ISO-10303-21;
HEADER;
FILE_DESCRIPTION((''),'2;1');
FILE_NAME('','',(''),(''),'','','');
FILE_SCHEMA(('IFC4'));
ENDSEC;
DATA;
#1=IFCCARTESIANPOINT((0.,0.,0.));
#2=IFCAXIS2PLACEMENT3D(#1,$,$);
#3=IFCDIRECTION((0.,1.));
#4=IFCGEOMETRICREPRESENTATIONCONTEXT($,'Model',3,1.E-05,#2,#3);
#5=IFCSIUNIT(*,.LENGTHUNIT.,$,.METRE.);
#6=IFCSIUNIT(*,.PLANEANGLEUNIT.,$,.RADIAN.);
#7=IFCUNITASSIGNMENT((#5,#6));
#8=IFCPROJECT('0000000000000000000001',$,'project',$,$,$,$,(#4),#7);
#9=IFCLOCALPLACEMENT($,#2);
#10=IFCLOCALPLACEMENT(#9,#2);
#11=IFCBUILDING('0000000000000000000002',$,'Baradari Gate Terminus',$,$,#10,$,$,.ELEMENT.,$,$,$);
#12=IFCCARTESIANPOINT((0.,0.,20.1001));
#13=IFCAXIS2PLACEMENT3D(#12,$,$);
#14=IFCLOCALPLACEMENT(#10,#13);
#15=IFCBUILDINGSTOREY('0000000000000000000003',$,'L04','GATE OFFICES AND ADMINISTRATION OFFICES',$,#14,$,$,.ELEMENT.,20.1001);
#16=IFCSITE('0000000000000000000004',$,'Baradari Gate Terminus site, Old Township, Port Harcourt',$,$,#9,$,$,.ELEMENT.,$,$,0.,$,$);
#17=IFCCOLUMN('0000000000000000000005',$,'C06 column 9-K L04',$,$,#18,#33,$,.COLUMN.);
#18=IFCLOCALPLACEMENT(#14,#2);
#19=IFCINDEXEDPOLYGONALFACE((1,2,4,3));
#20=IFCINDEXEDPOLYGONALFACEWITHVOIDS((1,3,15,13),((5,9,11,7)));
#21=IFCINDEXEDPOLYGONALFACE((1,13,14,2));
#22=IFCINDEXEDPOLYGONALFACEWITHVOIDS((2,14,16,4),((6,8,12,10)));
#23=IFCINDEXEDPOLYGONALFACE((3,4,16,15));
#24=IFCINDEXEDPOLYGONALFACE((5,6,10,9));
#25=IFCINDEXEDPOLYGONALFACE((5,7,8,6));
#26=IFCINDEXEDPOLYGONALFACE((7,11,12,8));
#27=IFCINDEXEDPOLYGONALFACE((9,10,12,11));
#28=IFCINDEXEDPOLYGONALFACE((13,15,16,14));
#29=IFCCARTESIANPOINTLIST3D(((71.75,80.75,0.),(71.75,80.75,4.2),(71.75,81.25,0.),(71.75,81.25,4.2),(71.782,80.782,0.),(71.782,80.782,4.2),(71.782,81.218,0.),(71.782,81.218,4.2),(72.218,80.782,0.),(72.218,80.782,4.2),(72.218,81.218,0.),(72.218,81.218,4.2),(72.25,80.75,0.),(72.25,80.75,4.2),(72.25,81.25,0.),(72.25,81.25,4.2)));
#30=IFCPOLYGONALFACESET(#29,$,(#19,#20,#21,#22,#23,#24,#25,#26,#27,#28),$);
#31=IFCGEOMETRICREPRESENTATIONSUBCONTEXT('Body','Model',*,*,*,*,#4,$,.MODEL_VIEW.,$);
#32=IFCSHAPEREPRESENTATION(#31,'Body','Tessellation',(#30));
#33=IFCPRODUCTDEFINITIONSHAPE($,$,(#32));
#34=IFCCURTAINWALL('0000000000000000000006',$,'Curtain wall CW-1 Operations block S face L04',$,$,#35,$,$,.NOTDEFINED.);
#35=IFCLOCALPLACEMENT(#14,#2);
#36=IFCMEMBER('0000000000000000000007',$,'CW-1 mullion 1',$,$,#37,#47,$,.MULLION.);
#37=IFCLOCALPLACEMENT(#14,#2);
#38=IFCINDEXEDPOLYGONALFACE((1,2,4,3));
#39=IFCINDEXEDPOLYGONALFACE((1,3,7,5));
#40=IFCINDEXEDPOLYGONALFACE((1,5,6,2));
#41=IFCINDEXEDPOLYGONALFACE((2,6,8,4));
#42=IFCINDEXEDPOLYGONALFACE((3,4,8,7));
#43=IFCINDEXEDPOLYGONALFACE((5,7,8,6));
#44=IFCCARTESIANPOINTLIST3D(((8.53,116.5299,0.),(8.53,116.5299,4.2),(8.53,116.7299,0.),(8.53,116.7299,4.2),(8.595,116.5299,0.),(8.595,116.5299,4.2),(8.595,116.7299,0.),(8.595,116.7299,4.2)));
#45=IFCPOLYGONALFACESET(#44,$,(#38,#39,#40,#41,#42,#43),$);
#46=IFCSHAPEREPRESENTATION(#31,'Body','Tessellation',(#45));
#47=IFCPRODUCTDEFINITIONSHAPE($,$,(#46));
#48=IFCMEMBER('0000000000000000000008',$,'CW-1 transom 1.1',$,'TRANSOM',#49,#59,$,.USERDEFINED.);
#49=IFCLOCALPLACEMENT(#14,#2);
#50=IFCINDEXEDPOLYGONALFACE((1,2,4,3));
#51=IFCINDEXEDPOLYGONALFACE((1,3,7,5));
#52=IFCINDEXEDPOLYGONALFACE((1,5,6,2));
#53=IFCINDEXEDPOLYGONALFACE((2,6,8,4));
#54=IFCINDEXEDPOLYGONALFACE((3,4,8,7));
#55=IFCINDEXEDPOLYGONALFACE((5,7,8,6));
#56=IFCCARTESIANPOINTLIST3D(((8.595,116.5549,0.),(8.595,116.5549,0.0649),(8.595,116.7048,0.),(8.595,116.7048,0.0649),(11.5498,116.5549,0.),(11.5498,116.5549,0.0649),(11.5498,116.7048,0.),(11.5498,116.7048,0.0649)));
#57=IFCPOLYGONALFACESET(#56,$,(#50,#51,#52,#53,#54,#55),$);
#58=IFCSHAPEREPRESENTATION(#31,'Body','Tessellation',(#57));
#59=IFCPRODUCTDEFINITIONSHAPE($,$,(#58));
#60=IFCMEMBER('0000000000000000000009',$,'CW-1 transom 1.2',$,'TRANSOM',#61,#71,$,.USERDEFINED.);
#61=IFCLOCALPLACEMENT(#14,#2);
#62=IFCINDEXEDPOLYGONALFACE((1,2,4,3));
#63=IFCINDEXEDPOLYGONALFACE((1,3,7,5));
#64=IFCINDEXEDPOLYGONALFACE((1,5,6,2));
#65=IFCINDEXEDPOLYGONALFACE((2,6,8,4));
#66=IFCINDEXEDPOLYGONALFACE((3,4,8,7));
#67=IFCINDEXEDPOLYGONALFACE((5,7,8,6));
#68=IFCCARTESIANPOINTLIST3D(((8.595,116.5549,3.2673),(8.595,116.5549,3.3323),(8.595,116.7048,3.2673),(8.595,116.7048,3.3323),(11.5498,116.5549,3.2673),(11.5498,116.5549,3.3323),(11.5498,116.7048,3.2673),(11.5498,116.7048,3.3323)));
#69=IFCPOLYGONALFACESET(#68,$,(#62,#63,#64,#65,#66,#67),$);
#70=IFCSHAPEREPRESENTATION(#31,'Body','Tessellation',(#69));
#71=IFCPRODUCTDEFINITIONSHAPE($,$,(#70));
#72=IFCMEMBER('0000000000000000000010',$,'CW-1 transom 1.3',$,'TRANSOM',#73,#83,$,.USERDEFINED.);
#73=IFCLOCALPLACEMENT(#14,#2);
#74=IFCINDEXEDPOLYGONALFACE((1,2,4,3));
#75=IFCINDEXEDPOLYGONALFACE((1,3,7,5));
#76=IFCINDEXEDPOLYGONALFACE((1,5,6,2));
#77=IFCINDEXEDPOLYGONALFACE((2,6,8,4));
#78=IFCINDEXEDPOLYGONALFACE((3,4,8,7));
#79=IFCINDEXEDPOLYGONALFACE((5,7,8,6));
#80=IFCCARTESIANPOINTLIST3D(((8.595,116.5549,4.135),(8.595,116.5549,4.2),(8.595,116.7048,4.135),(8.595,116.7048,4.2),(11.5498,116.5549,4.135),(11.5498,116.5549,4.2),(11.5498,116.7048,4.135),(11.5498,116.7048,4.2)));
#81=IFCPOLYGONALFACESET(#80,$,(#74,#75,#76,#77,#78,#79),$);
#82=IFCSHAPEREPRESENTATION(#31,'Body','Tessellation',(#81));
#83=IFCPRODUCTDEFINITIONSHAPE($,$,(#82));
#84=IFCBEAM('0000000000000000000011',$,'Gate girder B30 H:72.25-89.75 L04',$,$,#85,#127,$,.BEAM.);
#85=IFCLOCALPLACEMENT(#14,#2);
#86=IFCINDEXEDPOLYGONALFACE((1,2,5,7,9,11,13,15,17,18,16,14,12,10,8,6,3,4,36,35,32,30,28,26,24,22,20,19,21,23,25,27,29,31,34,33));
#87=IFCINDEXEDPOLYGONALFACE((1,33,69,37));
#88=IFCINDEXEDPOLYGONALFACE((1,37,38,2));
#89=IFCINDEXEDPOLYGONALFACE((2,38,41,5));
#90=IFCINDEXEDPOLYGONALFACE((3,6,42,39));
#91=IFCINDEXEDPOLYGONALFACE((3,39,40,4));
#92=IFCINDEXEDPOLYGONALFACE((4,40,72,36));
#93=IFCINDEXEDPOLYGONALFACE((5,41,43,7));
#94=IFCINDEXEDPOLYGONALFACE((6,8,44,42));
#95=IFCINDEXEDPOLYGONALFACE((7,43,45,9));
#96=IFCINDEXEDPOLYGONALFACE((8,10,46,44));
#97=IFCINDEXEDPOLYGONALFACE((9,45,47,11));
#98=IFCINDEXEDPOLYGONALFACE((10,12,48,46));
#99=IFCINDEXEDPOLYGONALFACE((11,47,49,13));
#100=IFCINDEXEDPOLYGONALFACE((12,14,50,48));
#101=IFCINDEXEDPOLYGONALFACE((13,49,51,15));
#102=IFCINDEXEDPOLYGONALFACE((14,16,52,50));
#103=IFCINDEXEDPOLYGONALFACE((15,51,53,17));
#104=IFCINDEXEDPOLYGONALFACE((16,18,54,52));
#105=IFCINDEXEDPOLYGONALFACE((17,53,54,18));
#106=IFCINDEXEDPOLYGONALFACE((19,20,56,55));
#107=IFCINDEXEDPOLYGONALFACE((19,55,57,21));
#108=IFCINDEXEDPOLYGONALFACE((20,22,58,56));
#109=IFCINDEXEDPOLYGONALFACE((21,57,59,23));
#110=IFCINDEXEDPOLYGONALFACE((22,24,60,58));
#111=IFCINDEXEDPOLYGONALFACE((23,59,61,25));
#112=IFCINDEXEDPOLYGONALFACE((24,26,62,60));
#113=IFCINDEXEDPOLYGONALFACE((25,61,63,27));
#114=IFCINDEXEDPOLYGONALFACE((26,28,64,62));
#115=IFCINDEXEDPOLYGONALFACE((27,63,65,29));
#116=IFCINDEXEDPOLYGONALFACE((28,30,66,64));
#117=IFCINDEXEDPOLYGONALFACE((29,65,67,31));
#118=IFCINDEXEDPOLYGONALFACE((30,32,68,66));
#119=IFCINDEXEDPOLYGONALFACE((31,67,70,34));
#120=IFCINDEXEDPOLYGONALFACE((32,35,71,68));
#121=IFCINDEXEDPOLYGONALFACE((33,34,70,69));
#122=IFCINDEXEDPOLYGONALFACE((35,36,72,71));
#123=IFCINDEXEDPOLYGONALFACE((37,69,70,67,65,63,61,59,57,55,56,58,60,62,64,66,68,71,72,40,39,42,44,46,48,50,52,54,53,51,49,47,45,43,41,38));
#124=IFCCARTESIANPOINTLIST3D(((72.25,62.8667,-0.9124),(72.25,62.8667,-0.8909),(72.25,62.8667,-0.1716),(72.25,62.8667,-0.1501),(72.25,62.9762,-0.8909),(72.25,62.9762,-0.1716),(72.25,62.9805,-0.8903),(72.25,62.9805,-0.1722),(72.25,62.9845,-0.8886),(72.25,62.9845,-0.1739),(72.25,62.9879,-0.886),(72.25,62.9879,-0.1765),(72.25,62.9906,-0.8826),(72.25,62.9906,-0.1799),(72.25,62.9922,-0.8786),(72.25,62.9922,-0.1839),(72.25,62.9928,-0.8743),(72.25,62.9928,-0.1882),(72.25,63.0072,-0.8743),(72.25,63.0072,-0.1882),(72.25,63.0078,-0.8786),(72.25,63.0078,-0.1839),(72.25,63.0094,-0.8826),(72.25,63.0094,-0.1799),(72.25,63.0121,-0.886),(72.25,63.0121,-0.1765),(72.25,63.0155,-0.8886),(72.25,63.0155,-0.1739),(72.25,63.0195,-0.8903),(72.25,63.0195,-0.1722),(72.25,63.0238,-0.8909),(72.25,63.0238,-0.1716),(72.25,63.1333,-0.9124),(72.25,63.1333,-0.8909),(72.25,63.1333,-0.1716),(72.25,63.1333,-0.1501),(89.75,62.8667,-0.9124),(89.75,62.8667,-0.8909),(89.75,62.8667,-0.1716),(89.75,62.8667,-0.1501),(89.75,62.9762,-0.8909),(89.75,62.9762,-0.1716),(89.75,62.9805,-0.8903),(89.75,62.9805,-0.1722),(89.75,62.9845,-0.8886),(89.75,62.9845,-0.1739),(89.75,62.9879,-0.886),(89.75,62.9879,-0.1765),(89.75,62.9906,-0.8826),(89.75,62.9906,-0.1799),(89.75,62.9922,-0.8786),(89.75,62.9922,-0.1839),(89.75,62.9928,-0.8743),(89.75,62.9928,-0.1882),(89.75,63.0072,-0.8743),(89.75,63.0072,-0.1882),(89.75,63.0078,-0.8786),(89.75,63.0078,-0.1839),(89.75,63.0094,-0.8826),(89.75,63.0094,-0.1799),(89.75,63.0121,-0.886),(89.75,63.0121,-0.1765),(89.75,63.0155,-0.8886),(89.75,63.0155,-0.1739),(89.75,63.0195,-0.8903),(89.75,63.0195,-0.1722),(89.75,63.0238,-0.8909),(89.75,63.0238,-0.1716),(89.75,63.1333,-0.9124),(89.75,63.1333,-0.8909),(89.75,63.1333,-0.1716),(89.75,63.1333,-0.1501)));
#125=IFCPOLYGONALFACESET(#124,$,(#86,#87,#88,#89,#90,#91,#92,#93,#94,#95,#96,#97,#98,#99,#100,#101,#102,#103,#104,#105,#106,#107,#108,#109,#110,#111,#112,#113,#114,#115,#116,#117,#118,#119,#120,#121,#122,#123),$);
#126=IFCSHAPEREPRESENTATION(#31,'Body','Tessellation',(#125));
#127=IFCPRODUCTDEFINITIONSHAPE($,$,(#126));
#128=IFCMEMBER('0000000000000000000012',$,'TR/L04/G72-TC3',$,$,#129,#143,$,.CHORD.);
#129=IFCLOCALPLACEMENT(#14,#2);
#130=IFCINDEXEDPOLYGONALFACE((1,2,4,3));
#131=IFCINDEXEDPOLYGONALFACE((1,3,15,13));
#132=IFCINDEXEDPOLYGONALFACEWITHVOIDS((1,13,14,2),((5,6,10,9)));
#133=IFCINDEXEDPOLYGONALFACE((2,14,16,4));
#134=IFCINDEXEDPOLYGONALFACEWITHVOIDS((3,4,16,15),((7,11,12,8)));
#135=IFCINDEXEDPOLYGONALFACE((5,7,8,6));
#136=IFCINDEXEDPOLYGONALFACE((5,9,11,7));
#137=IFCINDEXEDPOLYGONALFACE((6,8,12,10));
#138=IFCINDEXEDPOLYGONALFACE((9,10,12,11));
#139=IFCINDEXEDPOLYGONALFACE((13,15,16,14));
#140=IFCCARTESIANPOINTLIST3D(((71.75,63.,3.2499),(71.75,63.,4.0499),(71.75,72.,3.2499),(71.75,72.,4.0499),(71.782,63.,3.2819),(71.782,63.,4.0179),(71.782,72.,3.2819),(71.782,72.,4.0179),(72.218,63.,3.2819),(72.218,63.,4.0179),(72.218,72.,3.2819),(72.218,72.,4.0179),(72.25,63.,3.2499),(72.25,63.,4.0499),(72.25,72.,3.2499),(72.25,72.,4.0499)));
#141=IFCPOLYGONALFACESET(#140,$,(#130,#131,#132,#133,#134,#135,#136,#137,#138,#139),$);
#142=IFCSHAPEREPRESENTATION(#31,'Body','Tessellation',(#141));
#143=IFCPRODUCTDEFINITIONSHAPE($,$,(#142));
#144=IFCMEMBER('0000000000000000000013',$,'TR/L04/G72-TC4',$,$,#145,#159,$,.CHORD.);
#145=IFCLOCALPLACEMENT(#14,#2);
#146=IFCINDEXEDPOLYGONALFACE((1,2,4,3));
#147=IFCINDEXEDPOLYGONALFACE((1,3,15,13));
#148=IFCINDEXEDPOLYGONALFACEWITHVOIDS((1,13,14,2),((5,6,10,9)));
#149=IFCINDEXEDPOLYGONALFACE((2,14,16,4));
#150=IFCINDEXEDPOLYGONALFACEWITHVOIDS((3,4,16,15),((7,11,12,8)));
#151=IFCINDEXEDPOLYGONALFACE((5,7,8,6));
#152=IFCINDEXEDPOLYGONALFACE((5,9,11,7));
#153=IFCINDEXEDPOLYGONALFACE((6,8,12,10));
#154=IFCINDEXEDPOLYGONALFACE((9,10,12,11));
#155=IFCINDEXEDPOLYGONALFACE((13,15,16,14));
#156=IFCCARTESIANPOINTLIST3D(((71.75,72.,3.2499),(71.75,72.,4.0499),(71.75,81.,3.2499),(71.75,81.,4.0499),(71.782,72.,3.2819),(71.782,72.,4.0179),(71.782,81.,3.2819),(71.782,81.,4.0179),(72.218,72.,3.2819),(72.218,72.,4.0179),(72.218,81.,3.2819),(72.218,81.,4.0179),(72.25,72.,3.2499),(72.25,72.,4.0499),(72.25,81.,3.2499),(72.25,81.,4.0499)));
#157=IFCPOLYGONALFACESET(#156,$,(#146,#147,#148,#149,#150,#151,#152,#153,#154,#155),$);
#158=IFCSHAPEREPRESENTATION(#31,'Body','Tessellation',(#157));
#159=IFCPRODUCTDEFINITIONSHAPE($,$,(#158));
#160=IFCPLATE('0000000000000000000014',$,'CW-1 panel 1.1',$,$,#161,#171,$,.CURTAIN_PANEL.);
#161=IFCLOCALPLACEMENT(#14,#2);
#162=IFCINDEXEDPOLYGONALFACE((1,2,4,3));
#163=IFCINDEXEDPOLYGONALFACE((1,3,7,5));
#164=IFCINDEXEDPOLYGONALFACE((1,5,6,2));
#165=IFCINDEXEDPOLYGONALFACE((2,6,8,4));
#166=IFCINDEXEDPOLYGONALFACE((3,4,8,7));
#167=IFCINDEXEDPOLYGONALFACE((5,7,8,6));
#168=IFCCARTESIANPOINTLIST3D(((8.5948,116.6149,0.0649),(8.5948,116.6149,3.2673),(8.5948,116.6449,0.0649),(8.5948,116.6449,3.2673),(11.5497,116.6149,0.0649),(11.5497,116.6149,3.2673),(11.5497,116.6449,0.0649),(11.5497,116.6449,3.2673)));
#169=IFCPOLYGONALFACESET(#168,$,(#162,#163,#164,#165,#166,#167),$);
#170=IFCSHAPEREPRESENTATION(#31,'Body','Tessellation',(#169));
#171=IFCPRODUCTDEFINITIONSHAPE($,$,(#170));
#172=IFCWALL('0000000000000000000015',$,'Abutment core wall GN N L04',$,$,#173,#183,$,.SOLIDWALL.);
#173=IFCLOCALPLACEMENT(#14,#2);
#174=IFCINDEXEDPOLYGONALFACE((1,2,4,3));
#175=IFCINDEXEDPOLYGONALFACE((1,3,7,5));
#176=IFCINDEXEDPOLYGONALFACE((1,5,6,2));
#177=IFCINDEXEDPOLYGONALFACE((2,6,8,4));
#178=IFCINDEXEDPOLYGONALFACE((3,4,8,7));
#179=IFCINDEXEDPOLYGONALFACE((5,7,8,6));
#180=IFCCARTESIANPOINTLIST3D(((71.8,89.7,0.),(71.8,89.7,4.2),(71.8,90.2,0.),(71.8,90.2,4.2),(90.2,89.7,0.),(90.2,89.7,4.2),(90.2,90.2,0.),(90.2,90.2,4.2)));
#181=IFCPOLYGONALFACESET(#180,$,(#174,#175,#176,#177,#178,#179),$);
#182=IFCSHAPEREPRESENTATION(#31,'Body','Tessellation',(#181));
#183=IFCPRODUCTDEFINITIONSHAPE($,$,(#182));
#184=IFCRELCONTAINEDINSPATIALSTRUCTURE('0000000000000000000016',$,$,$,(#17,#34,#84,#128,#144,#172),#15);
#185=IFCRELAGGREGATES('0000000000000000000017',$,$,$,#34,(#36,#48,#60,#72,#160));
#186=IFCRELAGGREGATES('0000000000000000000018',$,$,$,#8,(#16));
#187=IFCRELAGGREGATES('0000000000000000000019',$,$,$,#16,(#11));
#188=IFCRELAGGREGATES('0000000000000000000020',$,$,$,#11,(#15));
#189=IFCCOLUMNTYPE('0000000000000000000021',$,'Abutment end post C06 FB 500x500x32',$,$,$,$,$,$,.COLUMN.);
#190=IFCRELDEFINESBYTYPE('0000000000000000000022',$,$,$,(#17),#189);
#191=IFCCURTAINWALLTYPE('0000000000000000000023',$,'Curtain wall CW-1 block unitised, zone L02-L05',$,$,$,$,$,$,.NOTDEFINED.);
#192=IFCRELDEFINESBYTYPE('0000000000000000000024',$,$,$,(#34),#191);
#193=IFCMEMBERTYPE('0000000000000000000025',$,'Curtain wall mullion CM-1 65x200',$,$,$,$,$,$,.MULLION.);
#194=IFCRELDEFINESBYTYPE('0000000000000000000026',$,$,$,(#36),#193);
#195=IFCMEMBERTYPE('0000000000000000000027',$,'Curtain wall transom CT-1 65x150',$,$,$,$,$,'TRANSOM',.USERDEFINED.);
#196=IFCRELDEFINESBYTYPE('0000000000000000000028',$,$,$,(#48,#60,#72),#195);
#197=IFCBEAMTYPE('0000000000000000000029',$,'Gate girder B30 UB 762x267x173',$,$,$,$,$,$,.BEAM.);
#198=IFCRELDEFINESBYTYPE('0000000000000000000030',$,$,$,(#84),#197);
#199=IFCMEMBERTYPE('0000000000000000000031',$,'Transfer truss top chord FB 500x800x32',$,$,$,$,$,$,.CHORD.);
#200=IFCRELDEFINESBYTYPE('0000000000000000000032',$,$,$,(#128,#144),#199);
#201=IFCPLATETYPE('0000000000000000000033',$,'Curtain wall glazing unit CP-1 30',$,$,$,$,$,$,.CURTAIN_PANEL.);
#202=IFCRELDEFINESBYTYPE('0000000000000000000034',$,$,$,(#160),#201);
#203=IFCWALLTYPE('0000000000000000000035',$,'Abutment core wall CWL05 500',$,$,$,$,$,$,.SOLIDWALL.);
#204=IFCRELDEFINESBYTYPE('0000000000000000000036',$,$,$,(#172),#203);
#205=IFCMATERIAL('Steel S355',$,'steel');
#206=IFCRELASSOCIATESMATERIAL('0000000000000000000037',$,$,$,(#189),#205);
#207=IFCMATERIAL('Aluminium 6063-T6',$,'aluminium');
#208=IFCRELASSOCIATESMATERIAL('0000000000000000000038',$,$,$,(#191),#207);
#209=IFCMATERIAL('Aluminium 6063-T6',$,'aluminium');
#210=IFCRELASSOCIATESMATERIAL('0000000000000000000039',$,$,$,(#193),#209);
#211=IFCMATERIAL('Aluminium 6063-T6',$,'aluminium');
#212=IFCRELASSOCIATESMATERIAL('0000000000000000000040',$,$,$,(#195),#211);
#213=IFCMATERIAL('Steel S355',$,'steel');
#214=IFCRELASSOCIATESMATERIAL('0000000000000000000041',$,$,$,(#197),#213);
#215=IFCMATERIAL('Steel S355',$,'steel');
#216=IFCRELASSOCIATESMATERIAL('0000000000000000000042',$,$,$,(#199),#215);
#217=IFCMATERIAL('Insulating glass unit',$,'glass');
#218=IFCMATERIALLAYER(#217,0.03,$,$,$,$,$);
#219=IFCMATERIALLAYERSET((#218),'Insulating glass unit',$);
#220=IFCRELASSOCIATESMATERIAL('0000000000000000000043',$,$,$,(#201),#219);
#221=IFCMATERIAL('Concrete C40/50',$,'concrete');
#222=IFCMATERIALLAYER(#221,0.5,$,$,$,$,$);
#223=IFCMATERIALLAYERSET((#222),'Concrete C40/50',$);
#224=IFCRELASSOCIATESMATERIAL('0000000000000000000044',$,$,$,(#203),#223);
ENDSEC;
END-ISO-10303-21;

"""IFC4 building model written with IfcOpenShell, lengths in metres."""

from ifc_helpers import new_model, si_unit, direction, frame, frame_2d, origin, origin_2d, place, context, subcontext, project, spatial, rectangle, hollow_rectangle, i_section, extrude, material, layer, layer_set, material_profile, profile_set, type_object, element, aggregate, save


model = new_model("IFC4")

# Units and contexts
model_context = context("Model", 3, precision=1e-05, world=origin(), true_north=direction((0.0, 1.0)))
body_context = subcontext(model_context, "Body", "Model", "MODEL_VIEW")
ifc_project = project(units=[si_unit("LENGTHUNIT", "METRE"), si_unit("PLANEANGLEUNIT", "RADIAN")], contexts=[model_context])

# Site, building, storey
site_placement = place(None, origin())
site = spatial("IfcSite", under=ifc_project, at=site_placement, Name="Baradari Gate Terminus site, Old Township, Port Harcourt", CompositionType="ELEMENT", RefElevation=0.0)
building_placement = place(site_placement, origin())
building = spatial("IfcBuilding", under=site, at=building_placement, Name="Baradari Gate Terminus", CompositionType="ELEMENT")
storey_placement = place(building_placement, frame((0.0, 0.0, 20.1001)))
storey = spatial("IfcBuildingStorey", under=building, at=storey_placement, Name="L04", Description="GATE OFFICES AND ADMINISTRATION OFFICES", CompositionType="ELEMENT", Elevation=20.1001)

# Column
ifc_material_1 = material(Name="Steel S355", Category="steel")
ifc_material_profile_1 = material_profile(ifc_material_1, hollow_rectangle(XDim=0.5, YDim=0.5, WallThickness=0.032, at=origin_2d()), Name="FB 500x500x32")
ifc_profile_set_1 = profile_set([ifc_material_profile_1], Name="Steel S355")
column_type = type_object("IfcColumnType", Name="Abutment end post C06 FB 500x500x32", PredefinedType="COLUMN", material=ifc_profile_set_1)
column_placement = place(storey_placement, frame((72.0, 81.0, 0.0), z_axis=(0.0, 0.0, 1.0), x_axis=(1.0, 0.0, 0.0)))
element("IfcColumn", 1, at=column_placement, inside=storey, type_object=column_type, Name="C06 column 9-K L04", PredefinedType="COLUMN", context=body_context, shape_type="SweptSolid", body=[
    extrude(hollow_rectangle(XDim=0.5, YDim=0.5, WallThickness=0.032, at=origin_2d()), origin(), (0.0, 0.0, 1.0), 4.2),
])

# Curtain wall, members
ifc_material_2 = material(Name="Aluminium 6063-T6", Category="aluminium")
curtain_wall_type = type_object("IfcCurtainWallType", Name="Curtain wall CW-1 block unitised, zone L02-L05", PredefinedType="NOTDEFINED", material=ifc_material_2)
curtain_wall_placement = place(storey_placement, origin())
curtain_wall = element("IfcCurtainWall", 2, at=curtain_wall_placement, inside=storey, type_object=curtain_wall_type, Name="Curtain wall CW-1 Operations block S face L04", PredefinedType="NOTDEFINED")
ifc_material_3 = material(Name="Aluminium 6063-T6", Category="aluminium")
ifc_material_profile_2 = material_profile(ifc_material_3, rectangle(XDim=0.2, YDim=0.0649, at=origin_2d()), Name="CM-1 65X200")
ifc_profile_set_2 = profile_set([ifc_material_profile_2], Name="Aluminium 6063-T6")
member_type_1 = type_object("IfcMemberType", Name="Curtain wall mullion CM-1 65x200", PredefinedType="MULLION", material=ifc_profile_set_2)
member_1_placement = place(storey_placement, frame((8.5625, 116.6299, 0.0), z_axis=(0.0, 0.0, 1.0), x_axis=(0.0, 1.0, 0.0)))
member_1 = element("IfcMember", 3, at=member_1_placement, type_object=member_type_1, Name="CW-1 mullion 1", PredefinedType="MULLION", context=body_context, shape_type="SweptSolid", body=[
    extrude(rectangle(XDim=0.2, YDim=0.0649, at=origin_2d()), origin(), (0.0, 0.0, 1.0), 4.2),
])
ifc_material_4 = material(Name="Aluminium 6063-T6", Category="aluminium")
ifc_material_profile_3 = material_profile(ifc_material_4, rectangle(XDim=0.1499, YDim=0.0649, at=origin_2d()), Name="CT-1 65X150")
ifc_profile_set_3 = profile_set([ifc_material_profile_3], Name="Aluminium 6063-T6")
member_type_2 = type_object("IfcMemberType", Name="Curtain wall transom CT-1 65x150", ElementType="TRANSOM", PredefinedType="USERDEFINED", material=ifc_profile_set_3)
member_2_placement = place(storey_placement, frame((8.595, 116.6299, 0.0325), z_axis=(1.0, 0.0, 0.0), x_axis=(0.0, 1.0, 0.0)))
member_2 = element("IfcMember", 4, at=member_2_placement, type_object=member_type_2, Name="CW-1 transom 1.1", ObjectType="TRANSOM", PredefinedType="USERDEFINED", context=body_context, shape_type="SweptSolid", body=[
    extrude(rectangle(XDim=0.1499, YDim=0.0649, at=origin_2d()), origin(), (0.0, 0.0, 1.0), 2.9548),
])
member_3_placement = place(storey_placement, frame((8.595, 116.6299, 3.2998), z_axis=(1.0, 0.0, 0.0), x_axis=(0.0, 1.0, 0.0)))
member_3 = element("IfcMember", 5, at=member_3_placement, type_object=member_type_2, Name="CW-1 transom 1.2", ObjectType="TRANSOM", PredefinedType="USERDEFINED", context=body_context, shape_type="SweptSolid", body=[
    extrude(rectangle(XDim=0.1499, YDim=0.0649, at=origin_2d()), origin(), (0.0, 0.0, 1.0), 2.9548),
])
member_4_placement = place(storey_placement, frame((8.595, 116.6299, 4.1675), z_axis=(1.0, 0.0, 0.0), x_axis=(0.0, 1.0, 0.0)))
member_4 = element("IfcMember", 6, at=member_4_placement, type_object=member_type_2, Name="CW-1 transom 1.3", ObjectType="TRANSOM", PredefinedType="USERDEFINED", context=body_context, shape_type="SweptSolid", body=[
    extrude(rectangle(XDim=0.1499, YDim=0.0649, at=origin_2d()), origin(), (0.0, 0.0, 1.0), 2.9548),
])

# Beam
ifc_material_5 = material(Name="Steel S355", Category="steel")
ifc_material_profile_4 = material_profile(ifc_material_5, i_section(OverallWidth=0.2666, OverallDepth=0.7622, WebThickness=0.0144, FlangeThickness=0.0215, FilletRadius=0.0166, at=origin_2d()), Name="UB 762x267x173")
ifc_profile_set_4 = profile_set([ifc_material_profile_4], Name="Steel S355")
beam_type = type_object("IfcBeamType", Name="Gate girder B30 UB 762x267x173", PredefinedType="BEAM", material=ifc_profile_set_4)
beam_placement = place(storey_placement, frame((72.25, 63.0, -0.5312), z_axis=(1.0, 0.0, 0.0), x_axis=(0.0, 1.0, 0.0)))
element("IfcBeam", 7, at=beam_placement, inside=storey, type_object=beam_type, Name="Gate girder B30 H:72.25-89.75 L04", PredefinedType="BEAM", context=body_context, shape_type="SweptSolid", body=[
    extrude(i_section(OverallWidth=0.2666, OverallDepth=0.7622, WebThickness=0.0144, FlangeThickness=0.0215, FilletRadius=0.0166, at=origin_2d()), origin(), (0.0, 0.0, 1.0), 17.5),
])

# Members
ifc_material_6 = material(Name="Steel S355", Category="steel")
ifc_material_profile_5 = material_profile(ifc_material_6, hollow_rectangle(XDim=0.5, YDim=0.8, WallThickness=0.032, at=origin_2d()), Name="FB 500x800x32")
ifc_profile_set_5 = profile_set([ifc_material_profile_5], Name="Steel S355")
member_type_3 = type_object("IfcMemberType", Name="Transfer truss top chord FB 500x800x32", PredefinedType="CHORD", material=ifc_profile_set_5)
for number, where, z_axis, x_axis, name in (
    (8, (72.0, 63.0, 3.6499), (0.0, 1.0, 0.0), (-1.0, 0.0, 0.0), "TR/L04/G72-TC3"),
    (9, (72.0, 72.0, 3.6499), (0.0, 1.0, 0.0), (-1.0, 0.0, 0.0), "TR/L04/G72-TC4"),
):
    element("IfcMember", number, at=place(storey_placement, frame(where, z_axis=z_axis, x_axis=x_axis)), inside=storey, type_object=member_type_3, Name=name, PredefinedType="CHORD", context=body_context, shape_type="SweptSolid", body=[
        extrude(hollow_rectangle(XDim=0.5, YDim=0.8, WallThickness=0.032, at=origin_2d()), origin(), (0.0, 0.0, 1.0), 9.0),
    ])

# Plate
ifc_material_7 = material(Name="Insulating glass unit", Category="glass")
ifc_layer_1 = layer(ifc_material_7, 0.03)
ifc_layer_set_1 = layer_set([ifc_layer_1], Name="Insulating glass unit")
plate_type = type_object("IfcPlateType", Name="Curtain wall glazing unit CP-1 30", PredefinedType="CURTAIN_PANEL", material=ifc_layer_set_1)
plate_placement = place(storey_placement, frame((10.0723, 116.6299, 0.0649), z_axis=(0.0, 0.0, 1.0), x_axis=(1.0, 0.0, 0.0)))
plate = element("IfcPlate", 10, at=plate_placement, type_object=plate_type, Name="CW-1 panel 1.1", PredefinedType="CURTAIN_PANEL", context=body_context, shape_type="SweptSolid", body=[
    extrude(rectangle(XDim=2.9548, YDim=0.03, at=origin_2d()), origin(), (0.0, 0.0, 1.0), 3.2024),
])
aggregate(curtain_wall, [member_1, member_2, member_3, member_4, plate])

# Shared definitions
ifc_material_8 = material(Name="Concrete C40/50", Category="concrete")
ifc_layer_2 = layer(ifc_material_8, 0.5)
ifc_layer_set_2 = layer_set([ifc_layer_2], Name="Concrete C40/50")
wall_type_1 = type_object("IfcWallType", Name="Abutment core wall CWL05 500", PredefinedType="SOLIDWALL", material=ifc_layer_set_2)

# Wall
wall_1_placement = place(storey_placement, frame((71.8, 89.95, 0.0), z_axis=(0.0, 0.0, 1.0), x_axis=(1.0, 0.0, 0.0)))
element("IfcWall", 11, at=wall_1_placement, inside=storey, type_object=wall_type_1, Name="Abutment core wall GN N L04", PredefinedType="SOLIDWALL", context=body_context, shape_type="SweptSolid", body=[
    extrude(rectangle(XDim=18.3999, YDim=0.5, at=frame_2d((9.2, 0.0))), origin(), (0.0, 0.0, 1.0), 4.2),
])

save(model, "model.ifc")
